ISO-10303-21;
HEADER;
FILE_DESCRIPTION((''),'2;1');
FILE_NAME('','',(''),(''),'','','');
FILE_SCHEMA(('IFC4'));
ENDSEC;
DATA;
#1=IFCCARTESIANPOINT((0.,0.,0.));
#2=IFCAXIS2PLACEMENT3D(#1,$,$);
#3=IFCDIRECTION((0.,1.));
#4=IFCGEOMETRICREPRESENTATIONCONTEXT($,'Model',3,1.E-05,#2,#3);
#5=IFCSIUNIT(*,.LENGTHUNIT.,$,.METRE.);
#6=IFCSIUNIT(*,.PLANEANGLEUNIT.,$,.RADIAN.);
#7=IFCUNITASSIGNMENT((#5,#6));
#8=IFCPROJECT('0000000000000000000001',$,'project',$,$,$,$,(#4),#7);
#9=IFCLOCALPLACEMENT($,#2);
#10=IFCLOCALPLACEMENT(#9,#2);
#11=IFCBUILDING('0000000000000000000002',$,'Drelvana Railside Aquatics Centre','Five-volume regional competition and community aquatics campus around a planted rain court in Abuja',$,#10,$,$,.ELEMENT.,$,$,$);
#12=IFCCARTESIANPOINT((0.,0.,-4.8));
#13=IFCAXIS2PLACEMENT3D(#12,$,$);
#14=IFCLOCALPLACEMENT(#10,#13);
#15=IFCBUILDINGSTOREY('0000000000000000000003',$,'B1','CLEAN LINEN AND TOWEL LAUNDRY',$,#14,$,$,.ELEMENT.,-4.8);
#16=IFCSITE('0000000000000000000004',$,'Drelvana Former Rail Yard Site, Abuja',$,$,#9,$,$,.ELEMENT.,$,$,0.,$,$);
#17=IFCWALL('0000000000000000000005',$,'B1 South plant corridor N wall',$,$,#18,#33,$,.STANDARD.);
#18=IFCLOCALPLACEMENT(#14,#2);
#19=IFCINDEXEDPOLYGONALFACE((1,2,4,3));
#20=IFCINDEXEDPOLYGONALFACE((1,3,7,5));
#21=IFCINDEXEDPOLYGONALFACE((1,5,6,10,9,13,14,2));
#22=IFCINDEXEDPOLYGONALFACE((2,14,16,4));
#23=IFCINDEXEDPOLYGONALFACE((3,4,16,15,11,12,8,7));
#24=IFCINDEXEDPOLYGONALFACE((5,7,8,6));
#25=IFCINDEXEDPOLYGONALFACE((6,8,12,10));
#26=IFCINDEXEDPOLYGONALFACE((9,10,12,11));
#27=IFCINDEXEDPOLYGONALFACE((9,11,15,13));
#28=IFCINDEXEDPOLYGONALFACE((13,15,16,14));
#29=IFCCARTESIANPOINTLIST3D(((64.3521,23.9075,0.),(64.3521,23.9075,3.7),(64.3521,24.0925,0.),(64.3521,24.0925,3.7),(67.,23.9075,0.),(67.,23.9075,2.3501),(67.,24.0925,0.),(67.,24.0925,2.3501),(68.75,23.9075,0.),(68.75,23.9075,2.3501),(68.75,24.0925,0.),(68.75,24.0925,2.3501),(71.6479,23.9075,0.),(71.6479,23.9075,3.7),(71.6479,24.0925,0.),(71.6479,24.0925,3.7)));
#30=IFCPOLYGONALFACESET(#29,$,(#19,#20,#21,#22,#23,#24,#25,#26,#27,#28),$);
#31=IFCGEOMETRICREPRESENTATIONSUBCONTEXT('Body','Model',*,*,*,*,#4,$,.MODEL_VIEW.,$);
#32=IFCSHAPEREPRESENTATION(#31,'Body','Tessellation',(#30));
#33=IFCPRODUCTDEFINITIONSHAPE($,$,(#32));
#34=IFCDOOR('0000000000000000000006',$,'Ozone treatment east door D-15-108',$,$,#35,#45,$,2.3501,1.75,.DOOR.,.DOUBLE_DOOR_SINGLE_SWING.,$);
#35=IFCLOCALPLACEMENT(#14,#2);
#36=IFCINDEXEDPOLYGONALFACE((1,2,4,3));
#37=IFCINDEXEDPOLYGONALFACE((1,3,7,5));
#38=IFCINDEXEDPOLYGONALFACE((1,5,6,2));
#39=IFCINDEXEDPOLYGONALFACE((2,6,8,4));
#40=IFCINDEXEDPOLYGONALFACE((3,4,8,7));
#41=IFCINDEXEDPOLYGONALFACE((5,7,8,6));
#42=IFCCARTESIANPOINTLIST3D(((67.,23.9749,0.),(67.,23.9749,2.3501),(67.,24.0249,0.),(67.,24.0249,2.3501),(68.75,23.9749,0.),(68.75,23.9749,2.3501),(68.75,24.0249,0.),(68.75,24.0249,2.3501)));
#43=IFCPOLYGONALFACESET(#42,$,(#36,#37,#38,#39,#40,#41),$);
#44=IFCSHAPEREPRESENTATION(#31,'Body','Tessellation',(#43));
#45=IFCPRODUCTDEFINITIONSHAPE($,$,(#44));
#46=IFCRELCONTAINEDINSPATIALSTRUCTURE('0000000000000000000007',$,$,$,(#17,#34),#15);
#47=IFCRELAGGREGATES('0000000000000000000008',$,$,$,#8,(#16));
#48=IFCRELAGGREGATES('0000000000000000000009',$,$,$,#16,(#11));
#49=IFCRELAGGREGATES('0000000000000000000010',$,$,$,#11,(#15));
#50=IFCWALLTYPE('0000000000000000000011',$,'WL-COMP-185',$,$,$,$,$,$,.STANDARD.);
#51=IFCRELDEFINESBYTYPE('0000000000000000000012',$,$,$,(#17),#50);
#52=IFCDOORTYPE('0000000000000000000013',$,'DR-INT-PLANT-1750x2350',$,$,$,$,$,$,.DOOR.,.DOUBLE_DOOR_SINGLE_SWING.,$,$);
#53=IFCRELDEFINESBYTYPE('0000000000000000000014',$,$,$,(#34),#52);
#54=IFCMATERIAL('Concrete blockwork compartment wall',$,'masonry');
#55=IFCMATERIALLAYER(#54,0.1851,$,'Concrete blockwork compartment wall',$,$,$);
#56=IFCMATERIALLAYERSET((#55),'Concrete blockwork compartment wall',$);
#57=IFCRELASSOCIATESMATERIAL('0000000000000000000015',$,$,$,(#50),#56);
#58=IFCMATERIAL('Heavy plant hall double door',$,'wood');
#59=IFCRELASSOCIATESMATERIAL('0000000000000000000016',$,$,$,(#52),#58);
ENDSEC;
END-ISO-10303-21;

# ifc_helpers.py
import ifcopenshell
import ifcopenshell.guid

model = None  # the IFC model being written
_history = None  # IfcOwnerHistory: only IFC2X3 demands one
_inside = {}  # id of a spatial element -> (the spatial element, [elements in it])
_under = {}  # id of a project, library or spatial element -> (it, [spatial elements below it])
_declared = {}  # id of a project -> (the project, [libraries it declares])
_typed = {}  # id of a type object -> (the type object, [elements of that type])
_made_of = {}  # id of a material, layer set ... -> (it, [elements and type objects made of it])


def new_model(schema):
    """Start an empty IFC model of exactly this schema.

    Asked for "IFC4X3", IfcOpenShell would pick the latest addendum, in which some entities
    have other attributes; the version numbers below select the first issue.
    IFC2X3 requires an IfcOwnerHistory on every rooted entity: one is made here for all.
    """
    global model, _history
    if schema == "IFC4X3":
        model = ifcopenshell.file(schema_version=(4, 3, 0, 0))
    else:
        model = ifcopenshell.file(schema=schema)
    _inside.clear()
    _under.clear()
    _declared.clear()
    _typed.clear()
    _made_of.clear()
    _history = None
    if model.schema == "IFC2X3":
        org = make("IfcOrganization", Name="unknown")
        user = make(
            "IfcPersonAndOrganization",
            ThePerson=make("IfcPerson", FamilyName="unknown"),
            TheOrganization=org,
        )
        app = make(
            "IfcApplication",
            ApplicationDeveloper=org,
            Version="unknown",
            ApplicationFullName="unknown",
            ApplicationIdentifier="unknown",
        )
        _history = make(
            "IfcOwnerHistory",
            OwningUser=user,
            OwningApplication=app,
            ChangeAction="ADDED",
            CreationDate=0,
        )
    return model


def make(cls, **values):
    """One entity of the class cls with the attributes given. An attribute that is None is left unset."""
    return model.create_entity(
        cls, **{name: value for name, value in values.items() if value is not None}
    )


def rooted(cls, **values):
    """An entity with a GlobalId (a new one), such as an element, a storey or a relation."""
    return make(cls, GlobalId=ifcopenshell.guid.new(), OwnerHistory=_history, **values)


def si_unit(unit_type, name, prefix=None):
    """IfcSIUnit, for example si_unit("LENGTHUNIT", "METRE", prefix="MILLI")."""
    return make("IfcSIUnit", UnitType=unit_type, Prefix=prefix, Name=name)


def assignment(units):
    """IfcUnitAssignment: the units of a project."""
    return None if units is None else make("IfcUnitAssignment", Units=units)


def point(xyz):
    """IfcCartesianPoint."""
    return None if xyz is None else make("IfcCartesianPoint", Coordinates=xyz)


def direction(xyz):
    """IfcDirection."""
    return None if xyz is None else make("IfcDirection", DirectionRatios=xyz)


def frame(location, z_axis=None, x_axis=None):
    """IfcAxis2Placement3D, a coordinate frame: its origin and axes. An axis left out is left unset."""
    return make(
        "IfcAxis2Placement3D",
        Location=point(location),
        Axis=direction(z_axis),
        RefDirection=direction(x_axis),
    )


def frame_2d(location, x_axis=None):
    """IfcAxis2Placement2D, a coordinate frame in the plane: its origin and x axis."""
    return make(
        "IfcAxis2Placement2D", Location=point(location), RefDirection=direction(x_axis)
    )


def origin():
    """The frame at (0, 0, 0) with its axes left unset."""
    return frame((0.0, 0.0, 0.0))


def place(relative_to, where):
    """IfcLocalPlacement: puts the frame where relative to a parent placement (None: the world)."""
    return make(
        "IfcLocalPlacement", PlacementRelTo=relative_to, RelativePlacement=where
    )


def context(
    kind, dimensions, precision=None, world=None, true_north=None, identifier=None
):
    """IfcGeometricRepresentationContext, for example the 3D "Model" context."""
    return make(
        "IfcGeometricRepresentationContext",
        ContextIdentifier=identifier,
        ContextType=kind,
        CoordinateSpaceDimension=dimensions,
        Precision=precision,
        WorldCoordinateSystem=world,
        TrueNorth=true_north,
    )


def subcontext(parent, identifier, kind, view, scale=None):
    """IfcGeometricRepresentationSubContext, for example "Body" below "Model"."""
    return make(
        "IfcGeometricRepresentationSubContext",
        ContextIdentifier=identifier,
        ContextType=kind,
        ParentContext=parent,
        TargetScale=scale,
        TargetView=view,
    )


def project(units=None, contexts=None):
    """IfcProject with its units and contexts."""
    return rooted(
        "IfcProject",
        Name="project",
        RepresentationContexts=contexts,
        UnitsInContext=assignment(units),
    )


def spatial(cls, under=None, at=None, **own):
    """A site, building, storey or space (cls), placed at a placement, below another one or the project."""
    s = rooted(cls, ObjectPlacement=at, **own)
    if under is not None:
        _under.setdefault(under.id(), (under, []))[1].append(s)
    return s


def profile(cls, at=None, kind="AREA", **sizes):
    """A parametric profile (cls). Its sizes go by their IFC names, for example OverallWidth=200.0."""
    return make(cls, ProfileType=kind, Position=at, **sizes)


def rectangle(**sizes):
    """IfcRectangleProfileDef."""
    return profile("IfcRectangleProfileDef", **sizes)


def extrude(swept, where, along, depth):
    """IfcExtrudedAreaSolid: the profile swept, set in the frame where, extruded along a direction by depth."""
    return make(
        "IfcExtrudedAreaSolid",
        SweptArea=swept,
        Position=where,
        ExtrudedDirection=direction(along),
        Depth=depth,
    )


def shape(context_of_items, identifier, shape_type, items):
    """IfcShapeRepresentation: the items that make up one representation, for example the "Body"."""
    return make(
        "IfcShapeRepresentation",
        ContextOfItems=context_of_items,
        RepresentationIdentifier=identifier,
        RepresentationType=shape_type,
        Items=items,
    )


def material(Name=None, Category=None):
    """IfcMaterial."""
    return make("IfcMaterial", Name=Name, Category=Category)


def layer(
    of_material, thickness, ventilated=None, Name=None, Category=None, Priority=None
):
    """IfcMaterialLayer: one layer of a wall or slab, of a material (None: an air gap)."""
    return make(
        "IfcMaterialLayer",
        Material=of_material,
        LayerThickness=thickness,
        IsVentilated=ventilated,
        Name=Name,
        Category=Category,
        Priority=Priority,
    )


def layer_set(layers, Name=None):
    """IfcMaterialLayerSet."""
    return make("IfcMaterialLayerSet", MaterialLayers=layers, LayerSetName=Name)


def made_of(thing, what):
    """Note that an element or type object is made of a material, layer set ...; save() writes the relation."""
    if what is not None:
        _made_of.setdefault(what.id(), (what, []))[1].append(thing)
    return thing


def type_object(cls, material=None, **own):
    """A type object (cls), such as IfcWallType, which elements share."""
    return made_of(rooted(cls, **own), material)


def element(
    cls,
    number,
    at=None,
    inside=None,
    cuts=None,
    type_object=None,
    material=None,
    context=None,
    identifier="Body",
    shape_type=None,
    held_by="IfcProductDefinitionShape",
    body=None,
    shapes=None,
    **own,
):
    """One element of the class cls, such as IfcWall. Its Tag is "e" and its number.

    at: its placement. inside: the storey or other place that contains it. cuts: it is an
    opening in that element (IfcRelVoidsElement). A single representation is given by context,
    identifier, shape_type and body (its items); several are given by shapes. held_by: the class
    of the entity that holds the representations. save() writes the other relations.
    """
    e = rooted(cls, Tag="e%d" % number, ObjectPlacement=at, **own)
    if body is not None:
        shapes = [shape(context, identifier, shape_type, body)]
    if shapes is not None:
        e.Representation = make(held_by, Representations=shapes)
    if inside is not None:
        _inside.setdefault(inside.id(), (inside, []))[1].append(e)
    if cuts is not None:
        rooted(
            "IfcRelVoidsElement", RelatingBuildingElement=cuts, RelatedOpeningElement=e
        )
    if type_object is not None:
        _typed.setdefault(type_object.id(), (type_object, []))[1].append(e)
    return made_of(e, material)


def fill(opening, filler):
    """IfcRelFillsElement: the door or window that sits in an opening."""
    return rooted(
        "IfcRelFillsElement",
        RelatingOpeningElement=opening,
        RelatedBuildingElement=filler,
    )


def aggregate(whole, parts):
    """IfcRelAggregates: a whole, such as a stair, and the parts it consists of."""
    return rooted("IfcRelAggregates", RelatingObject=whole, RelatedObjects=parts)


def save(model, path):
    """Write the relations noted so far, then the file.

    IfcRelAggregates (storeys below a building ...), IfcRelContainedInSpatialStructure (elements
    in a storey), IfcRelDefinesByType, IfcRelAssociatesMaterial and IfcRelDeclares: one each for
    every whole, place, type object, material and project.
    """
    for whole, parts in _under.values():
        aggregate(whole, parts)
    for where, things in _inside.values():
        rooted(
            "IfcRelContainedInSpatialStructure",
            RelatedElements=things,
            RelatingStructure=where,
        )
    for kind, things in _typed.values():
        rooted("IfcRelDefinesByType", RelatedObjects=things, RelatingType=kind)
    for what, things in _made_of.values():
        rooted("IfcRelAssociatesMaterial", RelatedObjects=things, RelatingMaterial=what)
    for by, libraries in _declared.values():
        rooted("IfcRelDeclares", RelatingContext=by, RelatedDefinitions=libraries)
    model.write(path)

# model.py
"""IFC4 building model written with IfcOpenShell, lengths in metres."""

from ifc_helpers import new_model, si_unit, direction, frame, frame_2d, origin, place, context, subcontext, project, spatial, rectangle, extrude, material, layer, layer_set, type_object, element, fill, save


model = new_model("IFC4")

# Units and contexts
model_context = context("Model", 3, precision=1e-05, world=origin(), true_north=direction((0.0, 1.0)))
body_context = subcontext(model_context, "Body", "Model", "MODEL_VIEW")
ifc_project = project(units=[si_unit("LENGTHUNIT", "METRE"), si_unit("PLANEANGLEUNIT", "RADIAN")], contexts=[model_context])

# Site, building, storey
site_placement = place(None, origin())
site = spatial("IfcSite", under=ifc_project, at=site_placement, Name="Drelvana Former Rail Yard Site, Abuja", CompositionType="ELEMENT", RefElevation=0.0)
building_placement = place(site_placement, origin())
building = spatial("IfcBuilding", under=site, at=building_placement, Name="Drelvana Railside Aquatics Centre", Description="Five-volume regional competition and community aquatics campus around a planted rain court in Abuja", CompositionType="ELEMENT")
storey_placement = place(building_placement, frame((0.0, 0.0, -4.8)))
storey = spatial("IfcBuildingStorey", under=building, at=storey_placement, Name="B1", Description="CLEAN LINEN AND TOWEL LAUNDRY", CompositionType="ELEMENT", Elevation=-4.8)

# Shared definitions
ifc_material_1 = material(Name="Concrete blockwork compartment wall", Category="masonry")
ifc_layer = layer(ifc_material_1, 0.1851, Name="Concrete blockwork compartment wall")
ifc_layer_set = layer_set([ifc_layer], Name="Concrete blockwork compartment wall")
wall_type = type_object("IfcWallType", Name="WL-COMP-185", PredefinedType="STANDARD", material=ifc_layer_set)
ifc_material_2 = material(Name="Heavy plant hall double door", Category="wood")
door_type = type_object("IfcDoorType", Name="DR-INT-PLANT-1750x2350", OperationType="DOUBLE_DOOR_SINGLE_SWING", PredefinedType="DOOR", material=ifc_material_2)

# Wall, opening, door
wall_1_placement = place(storey_placement, frame((64.3521, 24.0, 0.0), z_axis=(0.0, 0.0, 1.0), x_axis=(1.0, 0.0, 0.0)))
wall_1 = element("IfcWall", 1, at=wall_1_placement, inside=storey, type_object=wall_type, Name="B1 South plant corridor N wall", PredefinedType="STANDARD", context=body_context, shape_type="SweptSolid", body=[
    extrude(rectangle(XDim=7.2959, YDim=0.1851, at=frame_2d((3.6479, 0.0))), origin(), (0.0, 0.0, 1.0), 3.7),
])
opening_1_placement = place(wall_1_placement, frame((2.6479, 0.0, 0.0)))
opening_1 = element("IfcOpeningElement", 2, at=opening_1_placement, cuts=wall_1, PredefinedType="OPENING", context=body_context, shape_type="SweptSolid", body=[
    extrude(rectangle(XDim=1.75, YDim=2.3501, at=frame_2d((0.875, 1.175))), frame((0.0, 0.1025, 0.0), z_axis=(0.0, -1.0, 0.0), x_axis=(1.0, 0.0, 0.0)), (0.0, 0.0, 1.0), 0.2051),
])
door_1_placement = place(opening_1_placement, origin())
door_1 = element("IfcDoor", 3, at=door_1_placement, inside=storey, type_object=door_type, Name="Ozone treatment east door D-15-108", OperationType="DOUBLE_DOOR_SINGLE_SWING", OverallHeight=2.3501, OverallWidth=1.75, PredefinedType="DOOR", context=body_context, shape_type="SweptSolid", body=[
    extrude(rectangle(XDim=1.75, YDim=2.3501, at=frame_2d((0.875, 1.175))), frame((0.0, 0.0249, 0.0), z_axis=(0.0, -1.0, 0.0), x_axis=(1.0, 0.0, 0.0)), (0.0, 0.0, 1.0), 0.05),
])
fill(opening_1, door_1)

save(model, "model.ifc")
